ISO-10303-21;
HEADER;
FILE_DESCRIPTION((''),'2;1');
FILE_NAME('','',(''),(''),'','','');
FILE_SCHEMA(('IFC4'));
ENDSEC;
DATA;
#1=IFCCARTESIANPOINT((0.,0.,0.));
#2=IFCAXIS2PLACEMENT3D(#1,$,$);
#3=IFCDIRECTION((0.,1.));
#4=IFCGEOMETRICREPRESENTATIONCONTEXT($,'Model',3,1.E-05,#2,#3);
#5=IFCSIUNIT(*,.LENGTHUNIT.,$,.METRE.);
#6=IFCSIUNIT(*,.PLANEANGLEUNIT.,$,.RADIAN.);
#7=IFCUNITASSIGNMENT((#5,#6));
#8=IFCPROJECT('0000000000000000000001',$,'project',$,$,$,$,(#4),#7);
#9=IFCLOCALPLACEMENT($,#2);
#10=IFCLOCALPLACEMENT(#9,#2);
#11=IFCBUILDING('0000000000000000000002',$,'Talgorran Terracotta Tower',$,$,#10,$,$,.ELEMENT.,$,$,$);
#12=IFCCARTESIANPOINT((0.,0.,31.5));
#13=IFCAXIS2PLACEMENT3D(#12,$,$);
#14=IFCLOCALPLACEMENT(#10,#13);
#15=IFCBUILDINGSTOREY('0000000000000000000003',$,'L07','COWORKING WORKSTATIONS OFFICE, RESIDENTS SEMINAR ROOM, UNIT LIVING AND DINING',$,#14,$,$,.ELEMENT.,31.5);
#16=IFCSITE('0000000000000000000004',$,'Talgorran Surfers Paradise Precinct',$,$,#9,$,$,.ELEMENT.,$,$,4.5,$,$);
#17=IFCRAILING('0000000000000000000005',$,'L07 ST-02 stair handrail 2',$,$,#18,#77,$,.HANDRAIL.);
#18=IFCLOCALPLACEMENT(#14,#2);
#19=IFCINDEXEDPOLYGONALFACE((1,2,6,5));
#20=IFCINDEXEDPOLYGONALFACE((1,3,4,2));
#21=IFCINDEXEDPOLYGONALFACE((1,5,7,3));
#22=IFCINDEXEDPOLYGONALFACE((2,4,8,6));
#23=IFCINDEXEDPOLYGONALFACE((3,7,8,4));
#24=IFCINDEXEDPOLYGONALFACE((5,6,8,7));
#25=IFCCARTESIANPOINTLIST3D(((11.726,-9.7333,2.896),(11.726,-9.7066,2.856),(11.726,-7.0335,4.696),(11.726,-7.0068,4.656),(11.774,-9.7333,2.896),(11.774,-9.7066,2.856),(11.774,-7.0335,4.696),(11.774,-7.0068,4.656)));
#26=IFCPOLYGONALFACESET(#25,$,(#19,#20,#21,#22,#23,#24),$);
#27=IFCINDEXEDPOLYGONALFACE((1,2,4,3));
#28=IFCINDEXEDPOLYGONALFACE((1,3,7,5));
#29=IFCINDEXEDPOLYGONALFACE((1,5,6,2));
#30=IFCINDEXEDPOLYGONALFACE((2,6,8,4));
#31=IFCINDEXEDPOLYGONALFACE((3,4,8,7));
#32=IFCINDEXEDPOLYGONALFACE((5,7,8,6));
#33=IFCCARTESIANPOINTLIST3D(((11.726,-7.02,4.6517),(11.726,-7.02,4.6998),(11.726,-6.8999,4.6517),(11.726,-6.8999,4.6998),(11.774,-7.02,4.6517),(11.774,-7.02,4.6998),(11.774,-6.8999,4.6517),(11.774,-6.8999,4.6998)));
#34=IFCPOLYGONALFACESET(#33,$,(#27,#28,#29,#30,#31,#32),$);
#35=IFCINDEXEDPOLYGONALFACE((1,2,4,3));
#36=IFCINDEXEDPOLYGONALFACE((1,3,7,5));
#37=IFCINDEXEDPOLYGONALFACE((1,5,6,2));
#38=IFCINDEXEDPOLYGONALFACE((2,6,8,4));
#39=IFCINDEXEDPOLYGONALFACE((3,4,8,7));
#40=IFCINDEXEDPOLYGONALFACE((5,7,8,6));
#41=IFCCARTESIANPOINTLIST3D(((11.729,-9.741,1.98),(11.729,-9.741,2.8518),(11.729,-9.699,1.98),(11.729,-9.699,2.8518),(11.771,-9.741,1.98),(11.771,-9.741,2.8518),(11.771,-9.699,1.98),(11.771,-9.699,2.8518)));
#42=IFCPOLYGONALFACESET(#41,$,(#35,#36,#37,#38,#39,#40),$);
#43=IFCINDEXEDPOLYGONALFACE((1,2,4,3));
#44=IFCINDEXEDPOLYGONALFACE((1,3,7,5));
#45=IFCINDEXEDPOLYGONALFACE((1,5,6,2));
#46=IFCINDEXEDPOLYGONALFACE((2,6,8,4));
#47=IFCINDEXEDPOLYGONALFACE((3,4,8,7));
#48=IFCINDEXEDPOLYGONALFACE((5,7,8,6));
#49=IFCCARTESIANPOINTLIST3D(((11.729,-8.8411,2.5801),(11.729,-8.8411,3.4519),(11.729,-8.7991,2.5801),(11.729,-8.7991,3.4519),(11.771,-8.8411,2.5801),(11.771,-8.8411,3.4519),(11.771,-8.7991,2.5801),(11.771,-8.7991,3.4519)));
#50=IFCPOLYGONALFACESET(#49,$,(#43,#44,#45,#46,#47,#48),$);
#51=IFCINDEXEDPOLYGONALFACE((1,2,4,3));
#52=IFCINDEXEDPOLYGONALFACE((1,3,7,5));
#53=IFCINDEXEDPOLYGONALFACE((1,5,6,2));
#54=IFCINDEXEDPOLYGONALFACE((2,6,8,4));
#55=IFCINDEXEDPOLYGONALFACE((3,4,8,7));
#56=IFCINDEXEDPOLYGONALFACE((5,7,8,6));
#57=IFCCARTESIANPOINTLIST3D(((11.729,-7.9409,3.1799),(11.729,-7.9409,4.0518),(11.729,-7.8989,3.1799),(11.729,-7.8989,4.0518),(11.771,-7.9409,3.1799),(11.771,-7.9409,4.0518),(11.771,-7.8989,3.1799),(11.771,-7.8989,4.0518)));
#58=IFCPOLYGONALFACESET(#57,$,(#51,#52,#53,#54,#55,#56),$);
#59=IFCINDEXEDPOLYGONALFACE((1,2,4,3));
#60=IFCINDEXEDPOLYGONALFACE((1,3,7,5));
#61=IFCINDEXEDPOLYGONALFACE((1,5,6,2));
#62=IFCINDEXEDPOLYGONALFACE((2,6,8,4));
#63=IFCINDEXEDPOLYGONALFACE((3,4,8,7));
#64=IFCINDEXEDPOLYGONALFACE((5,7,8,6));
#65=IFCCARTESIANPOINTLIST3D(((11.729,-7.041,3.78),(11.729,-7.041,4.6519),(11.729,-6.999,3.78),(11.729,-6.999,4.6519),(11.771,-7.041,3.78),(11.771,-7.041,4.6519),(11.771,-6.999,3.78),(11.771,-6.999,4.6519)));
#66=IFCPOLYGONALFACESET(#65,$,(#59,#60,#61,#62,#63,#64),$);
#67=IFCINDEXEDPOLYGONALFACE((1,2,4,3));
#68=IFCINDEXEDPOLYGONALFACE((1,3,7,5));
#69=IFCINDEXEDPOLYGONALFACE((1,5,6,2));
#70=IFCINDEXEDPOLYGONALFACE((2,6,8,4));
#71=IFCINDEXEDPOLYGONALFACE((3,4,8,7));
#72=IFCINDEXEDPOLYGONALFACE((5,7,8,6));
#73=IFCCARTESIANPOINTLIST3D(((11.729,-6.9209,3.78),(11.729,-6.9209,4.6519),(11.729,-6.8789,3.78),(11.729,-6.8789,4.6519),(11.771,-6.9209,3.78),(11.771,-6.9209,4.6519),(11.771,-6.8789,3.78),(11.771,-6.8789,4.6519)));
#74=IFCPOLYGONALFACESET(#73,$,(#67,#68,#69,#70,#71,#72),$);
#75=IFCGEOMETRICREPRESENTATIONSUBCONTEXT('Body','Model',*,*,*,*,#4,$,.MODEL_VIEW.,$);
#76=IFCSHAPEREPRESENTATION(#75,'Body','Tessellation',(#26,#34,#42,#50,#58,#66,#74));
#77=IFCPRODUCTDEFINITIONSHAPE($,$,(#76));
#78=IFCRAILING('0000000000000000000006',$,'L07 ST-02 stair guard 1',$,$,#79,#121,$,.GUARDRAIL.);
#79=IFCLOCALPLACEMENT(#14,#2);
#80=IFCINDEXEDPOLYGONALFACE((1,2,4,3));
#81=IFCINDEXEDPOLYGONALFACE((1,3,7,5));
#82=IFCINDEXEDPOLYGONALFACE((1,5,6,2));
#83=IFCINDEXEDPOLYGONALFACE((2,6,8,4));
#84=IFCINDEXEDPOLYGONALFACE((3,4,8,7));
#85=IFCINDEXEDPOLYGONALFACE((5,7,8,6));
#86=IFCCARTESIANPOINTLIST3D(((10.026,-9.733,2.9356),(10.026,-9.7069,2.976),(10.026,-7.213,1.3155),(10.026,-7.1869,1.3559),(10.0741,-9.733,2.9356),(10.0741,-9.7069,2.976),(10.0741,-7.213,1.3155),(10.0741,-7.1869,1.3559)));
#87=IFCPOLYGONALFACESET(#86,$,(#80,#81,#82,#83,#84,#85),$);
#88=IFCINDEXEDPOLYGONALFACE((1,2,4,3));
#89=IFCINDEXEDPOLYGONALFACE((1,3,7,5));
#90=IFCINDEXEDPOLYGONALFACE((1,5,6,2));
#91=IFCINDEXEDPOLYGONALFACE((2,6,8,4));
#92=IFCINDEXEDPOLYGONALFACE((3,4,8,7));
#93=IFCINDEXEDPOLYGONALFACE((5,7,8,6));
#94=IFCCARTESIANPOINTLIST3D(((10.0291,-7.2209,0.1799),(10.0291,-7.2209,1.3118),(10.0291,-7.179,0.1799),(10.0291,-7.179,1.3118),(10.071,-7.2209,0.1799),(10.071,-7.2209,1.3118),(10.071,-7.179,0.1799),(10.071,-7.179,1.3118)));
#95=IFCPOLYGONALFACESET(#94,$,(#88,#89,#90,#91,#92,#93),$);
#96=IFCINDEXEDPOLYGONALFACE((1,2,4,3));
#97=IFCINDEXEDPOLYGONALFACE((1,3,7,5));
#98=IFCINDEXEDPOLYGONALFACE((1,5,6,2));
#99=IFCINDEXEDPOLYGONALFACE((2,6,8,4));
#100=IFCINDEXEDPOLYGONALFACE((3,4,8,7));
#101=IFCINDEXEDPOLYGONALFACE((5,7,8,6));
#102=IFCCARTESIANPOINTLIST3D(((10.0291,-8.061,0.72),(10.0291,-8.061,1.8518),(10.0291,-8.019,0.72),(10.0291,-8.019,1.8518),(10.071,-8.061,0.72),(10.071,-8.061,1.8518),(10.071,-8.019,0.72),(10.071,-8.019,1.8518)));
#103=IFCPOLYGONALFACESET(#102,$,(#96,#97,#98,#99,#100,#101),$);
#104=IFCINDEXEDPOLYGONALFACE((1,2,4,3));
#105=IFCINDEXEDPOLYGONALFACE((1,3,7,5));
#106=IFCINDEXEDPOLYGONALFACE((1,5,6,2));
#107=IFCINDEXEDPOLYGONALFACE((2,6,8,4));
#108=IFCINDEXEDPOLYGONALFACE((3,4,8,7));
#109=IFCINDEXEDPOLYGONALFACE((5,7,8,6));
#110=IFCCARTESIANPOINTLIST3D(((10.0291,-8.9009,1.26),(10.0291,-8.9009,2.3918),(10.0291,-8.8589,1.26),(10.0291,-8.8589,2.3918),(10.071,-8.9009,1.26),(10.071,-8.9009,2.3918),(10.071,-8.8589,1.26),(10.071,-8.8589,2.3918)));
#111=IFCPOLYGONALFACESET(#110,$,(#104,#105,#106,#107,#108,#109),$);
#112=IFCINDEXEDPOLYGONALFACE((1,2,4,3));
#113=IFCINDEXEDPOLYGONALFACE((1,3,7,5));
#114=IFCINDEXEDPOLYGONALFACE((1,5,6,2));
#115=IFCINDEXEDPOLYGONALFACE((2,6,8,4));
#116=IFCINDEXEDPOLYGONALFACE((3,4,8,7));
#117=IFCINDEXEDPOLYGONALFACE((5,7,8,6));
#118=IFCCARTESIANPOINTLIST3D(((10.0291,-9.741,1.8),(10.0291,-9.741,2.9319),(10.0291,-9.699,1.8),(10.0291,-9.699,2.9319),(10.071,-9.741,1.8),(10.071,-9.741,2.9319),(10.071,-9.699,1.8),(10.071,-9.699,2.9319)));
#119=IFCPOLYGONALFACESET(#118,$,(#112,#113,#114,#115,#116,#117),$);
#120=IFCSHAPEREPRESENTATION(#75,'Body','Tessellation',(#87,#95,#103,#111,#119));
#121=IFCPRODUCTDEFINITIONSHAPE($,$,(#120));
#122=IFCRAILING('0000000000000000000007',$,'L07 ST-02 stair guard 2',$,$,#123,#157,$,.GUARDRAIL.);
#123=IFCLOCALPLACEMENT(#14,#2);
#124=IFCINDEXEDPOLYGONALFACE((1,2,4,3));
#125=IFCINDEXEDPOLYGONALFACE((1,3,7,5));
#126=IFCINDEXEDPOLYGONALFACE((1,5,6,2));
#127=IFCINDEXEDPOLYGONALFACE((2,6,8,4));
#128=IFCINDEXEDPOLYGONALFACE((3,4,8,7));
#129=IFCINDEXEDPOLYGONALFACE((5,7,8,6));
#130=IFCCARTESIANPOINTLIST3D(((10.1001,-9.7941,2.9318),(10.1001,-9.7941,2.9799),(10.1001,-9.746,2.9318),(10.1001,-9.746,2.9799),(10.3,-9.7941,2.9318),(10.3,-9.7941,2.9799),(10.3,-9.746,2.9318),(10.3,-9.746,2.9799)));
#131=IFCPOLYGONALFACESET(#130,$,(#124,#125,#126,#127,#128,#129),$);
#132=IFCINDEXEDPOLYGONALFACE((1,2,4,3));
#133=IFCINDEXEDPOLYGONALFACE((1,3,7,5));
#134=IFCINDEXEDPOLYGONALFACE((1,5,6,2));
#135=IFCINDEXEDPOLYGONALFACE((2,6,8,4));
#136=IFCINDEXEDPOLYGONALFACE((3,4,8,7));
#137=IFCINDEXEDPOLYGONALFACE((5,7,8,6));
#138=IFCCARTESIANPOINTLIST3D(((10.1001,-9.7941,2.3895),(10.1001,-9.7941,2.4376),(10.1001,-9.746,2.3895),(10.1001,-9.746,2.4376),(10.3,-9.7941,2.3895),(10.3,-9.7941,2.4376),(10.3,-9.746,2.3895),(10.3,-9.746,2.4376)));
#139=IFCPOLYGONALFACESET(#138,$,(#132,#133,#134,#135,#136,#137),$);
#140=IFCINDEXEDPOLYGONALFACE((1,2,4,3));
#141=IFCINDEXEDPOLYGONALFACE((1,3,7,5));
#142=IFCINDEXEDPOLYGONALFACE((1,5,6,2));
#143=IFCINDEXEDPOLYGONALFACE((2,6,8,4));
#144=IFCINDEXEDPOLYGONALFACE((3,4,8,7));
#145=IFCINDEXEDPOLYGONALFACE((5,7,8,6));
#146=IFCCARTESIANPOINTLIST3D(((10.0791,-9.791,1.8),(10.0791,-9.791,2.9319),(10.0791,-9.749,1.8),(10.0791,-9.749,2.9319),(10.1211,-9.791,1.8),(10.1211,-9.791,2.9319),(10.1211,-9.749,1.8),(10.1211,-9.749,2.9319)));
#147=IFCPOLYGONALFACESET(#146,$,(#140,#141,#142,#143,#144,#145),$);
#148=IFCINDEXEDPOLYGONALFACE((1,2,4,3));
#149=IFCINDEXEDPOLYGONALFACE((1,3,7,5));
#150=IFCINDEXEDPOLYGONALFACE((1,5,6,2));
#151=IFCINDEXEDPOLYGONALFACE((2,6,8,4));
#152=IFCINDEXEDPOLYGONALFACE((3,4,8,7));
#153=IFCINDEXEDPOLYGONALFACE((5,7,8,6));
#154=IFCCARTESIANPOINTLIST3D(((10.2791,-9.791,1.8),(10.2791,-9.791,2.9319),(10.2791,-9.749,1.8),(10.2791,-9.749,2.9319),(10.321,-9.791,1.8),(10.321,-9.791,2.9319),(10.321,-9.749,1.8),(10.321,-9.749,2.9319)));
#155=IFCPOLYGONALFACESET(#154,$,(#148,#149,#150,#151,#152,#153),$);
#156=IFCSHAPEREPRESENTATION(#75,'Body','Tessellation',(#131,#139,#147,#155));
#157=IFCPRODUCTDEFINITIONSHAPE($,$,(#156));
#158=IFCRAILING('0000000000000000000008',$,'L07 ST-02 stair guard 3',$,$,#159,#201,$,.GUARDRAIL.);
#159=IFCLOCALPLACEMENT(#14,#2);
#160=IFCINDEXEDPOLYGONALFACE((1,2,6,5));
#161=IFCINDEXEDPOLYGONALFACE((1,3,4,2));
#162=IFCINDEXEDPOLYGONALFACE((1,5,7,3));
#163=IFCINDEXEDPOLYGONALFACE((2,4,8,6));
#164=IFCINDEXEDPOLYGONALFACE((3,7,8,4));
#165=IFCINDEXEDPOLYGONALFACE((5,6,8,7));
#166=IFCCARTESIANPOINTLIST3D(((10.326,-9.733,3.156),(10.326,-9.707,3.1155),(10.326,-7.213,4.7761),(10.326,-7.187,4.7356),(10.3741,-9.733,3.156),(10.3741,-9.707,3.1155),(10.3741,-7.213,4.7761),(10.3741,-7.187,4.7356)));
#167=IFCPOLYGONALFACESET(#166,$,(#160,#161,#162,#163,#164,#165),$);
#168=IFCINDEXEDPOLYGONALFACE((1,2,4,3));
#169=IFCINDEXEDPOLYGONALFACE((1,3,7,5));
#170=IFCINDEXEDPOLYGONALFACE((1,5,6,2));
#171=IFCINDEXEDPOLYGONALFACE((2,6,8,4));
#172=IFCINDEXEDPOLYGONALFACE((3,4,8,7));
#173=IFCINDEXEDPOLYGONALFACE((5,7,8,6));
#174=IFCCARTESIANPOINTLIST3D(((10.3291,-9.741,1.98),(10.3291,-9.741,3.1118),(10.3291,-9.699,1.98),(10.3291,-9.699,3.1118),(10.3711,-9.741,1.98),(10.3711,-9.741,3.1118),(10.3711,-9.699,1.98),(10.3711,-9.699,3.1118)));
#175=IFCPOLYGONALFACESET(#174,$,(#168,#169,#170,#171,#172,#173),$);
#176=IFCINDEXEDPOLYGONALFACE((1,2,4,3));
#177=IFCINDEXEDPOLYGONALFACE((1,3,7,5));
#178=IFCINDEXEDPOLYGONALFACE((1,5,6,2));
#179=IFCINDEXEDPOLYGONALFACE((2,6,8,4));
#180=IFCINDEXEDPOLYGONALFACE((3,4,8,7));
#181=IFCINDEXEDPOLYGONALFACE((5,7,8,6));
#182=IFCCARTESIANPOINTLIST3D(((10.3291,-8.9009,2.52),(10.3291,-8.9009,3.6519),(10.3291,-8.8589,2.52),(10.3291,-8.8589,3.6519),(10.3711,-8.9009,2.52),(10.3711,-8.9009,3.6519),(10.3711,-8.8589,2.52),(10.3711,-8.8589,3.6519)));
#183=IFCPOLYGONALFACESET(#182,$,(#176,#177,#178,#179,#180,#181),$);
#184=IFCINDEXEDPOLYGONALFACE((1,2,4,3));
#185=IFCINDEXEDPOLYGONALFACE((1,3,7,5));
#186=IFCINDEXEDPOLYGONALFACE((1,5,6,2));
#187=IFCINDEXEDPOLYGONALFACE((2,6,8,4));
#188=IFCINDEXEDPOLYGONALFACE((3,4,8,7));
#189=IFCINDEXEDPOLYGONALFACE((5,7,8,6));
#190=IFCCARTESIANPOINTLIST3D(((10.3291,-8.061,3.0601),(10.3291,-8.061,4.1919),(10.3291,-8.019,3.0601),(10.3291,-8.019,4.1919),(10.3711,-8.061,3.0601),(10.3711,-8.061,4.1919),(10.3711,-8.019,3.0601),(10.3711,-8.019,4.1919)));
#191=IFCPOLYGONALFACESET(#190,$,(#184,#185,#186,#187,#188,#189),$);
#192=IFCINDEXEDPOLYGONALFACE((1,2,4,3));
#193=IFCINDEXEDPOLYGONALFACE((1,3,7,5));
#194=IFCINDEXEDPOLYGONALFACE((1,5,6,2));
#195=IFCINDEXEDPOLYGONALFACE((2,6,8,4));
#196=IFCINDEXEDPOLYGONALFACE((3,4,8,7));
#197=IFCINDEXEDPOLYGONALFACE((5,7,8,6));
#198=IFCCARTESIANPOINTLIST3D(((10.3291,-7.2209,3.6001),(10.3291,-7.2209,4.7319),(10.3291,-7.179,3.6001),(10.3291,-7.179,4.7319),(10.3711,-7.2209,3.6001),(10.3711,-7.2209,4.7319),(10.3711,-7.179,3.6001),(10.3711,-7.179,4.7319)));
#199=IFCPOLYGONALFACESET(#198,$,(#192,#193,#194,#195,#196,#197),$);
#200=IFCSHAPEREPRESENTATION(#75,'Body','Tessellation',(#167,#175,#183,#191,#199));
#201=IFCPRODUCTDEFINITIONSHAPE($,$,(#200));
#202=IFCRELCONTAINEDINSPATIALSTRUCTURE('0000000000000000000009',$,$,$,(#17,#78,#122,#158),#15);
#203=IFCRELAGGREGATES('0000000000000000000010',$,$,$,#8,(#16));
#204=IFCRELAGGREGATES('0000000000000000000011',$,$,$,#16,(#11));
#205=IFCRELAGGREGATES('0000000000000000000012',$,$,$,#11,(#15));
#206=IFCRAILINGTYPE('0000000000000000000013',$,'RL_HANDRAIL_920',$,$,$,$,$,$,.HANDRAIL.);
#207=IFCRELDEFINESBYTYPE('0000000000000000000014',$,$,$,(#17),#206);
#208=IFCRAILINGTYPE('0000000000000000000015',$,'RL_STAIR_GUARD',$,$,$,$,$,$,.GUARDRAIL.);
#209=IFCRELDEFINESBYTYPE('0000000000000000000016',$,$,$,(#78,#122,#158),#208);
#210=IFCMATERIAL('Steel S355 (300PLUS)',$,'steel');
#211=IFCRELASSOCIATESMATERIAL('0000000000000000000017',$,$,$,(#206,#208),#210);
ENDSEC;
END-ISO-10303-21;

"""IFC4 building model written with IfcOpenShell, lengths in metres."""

from ifc_helpers import new_model, si_unit, direction, frame, origin, origin_2d, place, context, subcontext, project, spatial, rectangle, extrude, material, type_object, element, save


model = new_model("IFC4")

# Units and contexts
model_context = context("Model", 3, precision=1e-05, world=origin(), true_north=direction((0.0, 1.0)))
body_context = subcontext(model_context, "Body", "Model", "MODEL_VIEW")
ifc_project = project(units=[si_unit("LENGTHUNIT", "METRE"), si_unit("PLANEANGLEUNIT", "RADIAN")], contexts=[model_context])

# Site, building, storey
site_placement = place(None, origin())
site = spatial("IfcSite", under=ifc_project, at=site_placement, Name="Talgorran Surfers Paradise Precinct", CompositionType="ELEMENT", RefElevation=4.5)
building_placement = place(site_placement, origin())
building = spatial("IfcBuilding", under=site, at=building_placement, Name="Talgorran Terracotta Tower", CompositionType="ELEMENT")
storey_placement = place(building_placement, frame((0.0, 0.0, 31.5)))
storey = spatial("IfcBuildingStorey", under=building, at=storey_placement, Name="L07", Description="COWORKING WORKSTATIONS OFFICE, RESIDENTS SEMINAR ROOM, UNIT LIVING AND DINING", CompositionType="ELEMENT", Elevation=31.5)

# Shared definitions
ifc_material_1 = material(Name="Steel S355 (300PLUS)", Category="steel")

# Railings
railing_type_1 = type_object("IfcRailingType", Name="RL_HANDRAIL_920", PredefinedType="HANDRAIL", material=ifc_material_1)
railing_1_placement = place(storey_placement, frame((11.75, -9.72, 1.98)))
element("IfcRailing", 1, at=railing_1_placement, inside=storey, type_object=railing_type_1, Name="L07 ST-02 stair handrail 2", PredefinedType="HANDRAIL", context=body_context, shape_type="SweptSolid", body=[
    extrude(rectangle(XDim=0.0481, YDim=0.0481, at=origin_2d()), frame((0.0, 0.0, 0.896), z_axis=(0.0, 0.832039, 0.554718), x_axis=(-1.0, 0.0, 0.0)), (0.0, 0.0, 1.0), 3.2449),
    extrude(rectangle(XDim=0.0481, YDim=0.0481, at=origin_2d()), frame((0.0, 2.7, 2.6958), z_axis=(0.0, 1.0, 0.0), x_axis=(-1.0, 0.0, 0.0)), (0.0, 0.0, 1.0), 0.1201),
    extrude(rectangle(XDim=0.042, YDim=0.042, at=origin_2d()), origin(), (0.0, 0.0, 1.0), 0.8718),
    extrude(rectangle(XDim=0.042, YDim=0.042, at=origin_2d()), frame((0.0, 0.8999, 0.6001)), (0.0, 0.0, 1.0), 0.8718),
    extrude(rectangle(XDim=0.042, YDim=0.042, at=origin_2d()), frame((0.0, 1.8, 1.2)), (0.0, 0.0, 1.0), 0.8718),
    extrude(rectangle(XDim=0.042, YDim=0.042, at=origin_2d()), frame((0.0, 2.7, 1.8)), (0.0, 0.0, 1.0), 0.8718),
    extrude(rectangle(XDim=0.042, YDim=0.042, at=origin_2d()), frame((0.0, 2.8201, 1.8)), (0.0, 0.0, 1.0), 0.8718),
])
railing_type_2 = type_object("IfcRailingType", Name="RL_STAIR_GUARD", PredefinedType="GUARDRAIL", material=ifc_material_1)
railing_2_placement = place(storey_placement, frame((10.05, -7.2, 0.1799)))
element("IfcRailing", 2, at=railing_2_placement, inside=storey, type_object=railing_type_2, Name="L07 ST-02 stair guard 1", PredefinedType="GUARDRAIL", context=body_context, shape_type="SweptSolid", body=[
    extrude(rectangle(XDim=0.0481, YDim=0.0481, at=origin_2d()), frame((0.0, 0.0, 1.1558), z_axis=(0.0, -0.841163, 0.540782), x_axis=(1.0, 0.0, 0.0)), (0.0, 0.0, 1.0), 2.9958),
    extrude(rectangle(XDim=0.042, YDim=0.042, at=origin_2d()), origin(), (0.0, 0.0, 1.0), 1.1318),
    extrude(rectangle(XDim=0.042, YDim=0.042, at=origin_2d()), frame((0.0, -0.8401, 0.54)), (0.0, 0.0, 1.0), 1.1318),
    extrude(rectangle(XDim=0.042, YDim=0.042, at=origin_2d()), frame((0.0, -1.6799, 1.0801)), (0.0, 0.0, 1.0), 1.1318),
    extrude(rectangle(XDim=0.042, YDim=0.042, at=origin_2d()), frame((0.0, -2.52, 1.6201)), (0.0, 0.0, 1.0), 1.1318),
])
railing_3_placement = place(storey_placement, frame((10.1001, -9.77, 1.8)))
element("IfcRailing", 3, at=railing_3_placement, inside=storey, type_object=railing_type_2, Name="L07 ST-02 stair guard 2", PredefinedType="GUARDRAIL", context=body_context, shape_type="SweptSolid", body=[
    extrude(rectangle(XDim=0.0481, YDim=0.0481, at=origin_2d()), frame((0.0, 0.0, 1.1558), z_axis=(1.0, 0.0, 0.0), x_axis=(0.0, 1.0, 0.0)), (0.0, 0.0, 1.0), 0.2),
    extrude(rectangle(XDim=0.0481, YDim=0.0481, at=origin_2d()), frame((0.0, 0.0, 0.6135), z_axis=(1.0, 0.0, 0.0), x_axis=(0.0, 1.0, 0.0)), (0.0, 0.0, 1.0), 0.2),
    extrude(rectangle(XDim=0.042, YDim=0.042, at=origin_2d()), origin(), (0.0, 0.0, 1.0), 1.1318),
    extrude(rectangle(XDim=0.042, YDim=0.042, at=origin_2d()), frame((0.2, 0.0, 0.0)), (0.0, 0.0, 1.0), 1.1318),
])
railing_4_placement = place(storey_placement, frame((10.3501, -9.72, 1.98)))
element("IfcRailing", 4, at=railing_4_placement, inside=storey, type_object=railing_type_2, Name="L07 ST-02 stair guard 3", PredefinedType="GUARDRAIL", context=body_context, shape_type="SweptSolid", body=[
    extrude(rectangle(XDim=0.0481, YDim=0.0481, at=origin_2d()), frame((0.0, 0.0, 1.1558), z_axis=(0.0, 0.841163, 0.540782), x_axis=(-1.0, 0.0, 0.0)), (0.0, 0.0, 1.0), 2.9958),
    extrude(rectangle(XDim=0.042, YDim=0.042, at=origin_2d()), origin(), (0.0, 0.0, 1.0), 1.1318),
    extrude(rectangle(XDim=0.042, YDim=0.042, at=origin_2d()), frame((0.0, 0.8401, 0.54)), (0.0, 0.0, 1.0), 1.1318),
    extrude(rectangle(XDim=0.042, YDim=0.042, at=origin_2d()), frame((0.0, 1.6799, 1.0801)), (0.0, 0.0, 1.0), 1.1318),
    extrude(rectangle(XDim=0.042, YDim=0.042, at=origin_2d()), frame((0.0, 2.52, 1.6201)), (0.0, 0.0, 1.0), 1.1318),
])

save(model, "model.ifc")
